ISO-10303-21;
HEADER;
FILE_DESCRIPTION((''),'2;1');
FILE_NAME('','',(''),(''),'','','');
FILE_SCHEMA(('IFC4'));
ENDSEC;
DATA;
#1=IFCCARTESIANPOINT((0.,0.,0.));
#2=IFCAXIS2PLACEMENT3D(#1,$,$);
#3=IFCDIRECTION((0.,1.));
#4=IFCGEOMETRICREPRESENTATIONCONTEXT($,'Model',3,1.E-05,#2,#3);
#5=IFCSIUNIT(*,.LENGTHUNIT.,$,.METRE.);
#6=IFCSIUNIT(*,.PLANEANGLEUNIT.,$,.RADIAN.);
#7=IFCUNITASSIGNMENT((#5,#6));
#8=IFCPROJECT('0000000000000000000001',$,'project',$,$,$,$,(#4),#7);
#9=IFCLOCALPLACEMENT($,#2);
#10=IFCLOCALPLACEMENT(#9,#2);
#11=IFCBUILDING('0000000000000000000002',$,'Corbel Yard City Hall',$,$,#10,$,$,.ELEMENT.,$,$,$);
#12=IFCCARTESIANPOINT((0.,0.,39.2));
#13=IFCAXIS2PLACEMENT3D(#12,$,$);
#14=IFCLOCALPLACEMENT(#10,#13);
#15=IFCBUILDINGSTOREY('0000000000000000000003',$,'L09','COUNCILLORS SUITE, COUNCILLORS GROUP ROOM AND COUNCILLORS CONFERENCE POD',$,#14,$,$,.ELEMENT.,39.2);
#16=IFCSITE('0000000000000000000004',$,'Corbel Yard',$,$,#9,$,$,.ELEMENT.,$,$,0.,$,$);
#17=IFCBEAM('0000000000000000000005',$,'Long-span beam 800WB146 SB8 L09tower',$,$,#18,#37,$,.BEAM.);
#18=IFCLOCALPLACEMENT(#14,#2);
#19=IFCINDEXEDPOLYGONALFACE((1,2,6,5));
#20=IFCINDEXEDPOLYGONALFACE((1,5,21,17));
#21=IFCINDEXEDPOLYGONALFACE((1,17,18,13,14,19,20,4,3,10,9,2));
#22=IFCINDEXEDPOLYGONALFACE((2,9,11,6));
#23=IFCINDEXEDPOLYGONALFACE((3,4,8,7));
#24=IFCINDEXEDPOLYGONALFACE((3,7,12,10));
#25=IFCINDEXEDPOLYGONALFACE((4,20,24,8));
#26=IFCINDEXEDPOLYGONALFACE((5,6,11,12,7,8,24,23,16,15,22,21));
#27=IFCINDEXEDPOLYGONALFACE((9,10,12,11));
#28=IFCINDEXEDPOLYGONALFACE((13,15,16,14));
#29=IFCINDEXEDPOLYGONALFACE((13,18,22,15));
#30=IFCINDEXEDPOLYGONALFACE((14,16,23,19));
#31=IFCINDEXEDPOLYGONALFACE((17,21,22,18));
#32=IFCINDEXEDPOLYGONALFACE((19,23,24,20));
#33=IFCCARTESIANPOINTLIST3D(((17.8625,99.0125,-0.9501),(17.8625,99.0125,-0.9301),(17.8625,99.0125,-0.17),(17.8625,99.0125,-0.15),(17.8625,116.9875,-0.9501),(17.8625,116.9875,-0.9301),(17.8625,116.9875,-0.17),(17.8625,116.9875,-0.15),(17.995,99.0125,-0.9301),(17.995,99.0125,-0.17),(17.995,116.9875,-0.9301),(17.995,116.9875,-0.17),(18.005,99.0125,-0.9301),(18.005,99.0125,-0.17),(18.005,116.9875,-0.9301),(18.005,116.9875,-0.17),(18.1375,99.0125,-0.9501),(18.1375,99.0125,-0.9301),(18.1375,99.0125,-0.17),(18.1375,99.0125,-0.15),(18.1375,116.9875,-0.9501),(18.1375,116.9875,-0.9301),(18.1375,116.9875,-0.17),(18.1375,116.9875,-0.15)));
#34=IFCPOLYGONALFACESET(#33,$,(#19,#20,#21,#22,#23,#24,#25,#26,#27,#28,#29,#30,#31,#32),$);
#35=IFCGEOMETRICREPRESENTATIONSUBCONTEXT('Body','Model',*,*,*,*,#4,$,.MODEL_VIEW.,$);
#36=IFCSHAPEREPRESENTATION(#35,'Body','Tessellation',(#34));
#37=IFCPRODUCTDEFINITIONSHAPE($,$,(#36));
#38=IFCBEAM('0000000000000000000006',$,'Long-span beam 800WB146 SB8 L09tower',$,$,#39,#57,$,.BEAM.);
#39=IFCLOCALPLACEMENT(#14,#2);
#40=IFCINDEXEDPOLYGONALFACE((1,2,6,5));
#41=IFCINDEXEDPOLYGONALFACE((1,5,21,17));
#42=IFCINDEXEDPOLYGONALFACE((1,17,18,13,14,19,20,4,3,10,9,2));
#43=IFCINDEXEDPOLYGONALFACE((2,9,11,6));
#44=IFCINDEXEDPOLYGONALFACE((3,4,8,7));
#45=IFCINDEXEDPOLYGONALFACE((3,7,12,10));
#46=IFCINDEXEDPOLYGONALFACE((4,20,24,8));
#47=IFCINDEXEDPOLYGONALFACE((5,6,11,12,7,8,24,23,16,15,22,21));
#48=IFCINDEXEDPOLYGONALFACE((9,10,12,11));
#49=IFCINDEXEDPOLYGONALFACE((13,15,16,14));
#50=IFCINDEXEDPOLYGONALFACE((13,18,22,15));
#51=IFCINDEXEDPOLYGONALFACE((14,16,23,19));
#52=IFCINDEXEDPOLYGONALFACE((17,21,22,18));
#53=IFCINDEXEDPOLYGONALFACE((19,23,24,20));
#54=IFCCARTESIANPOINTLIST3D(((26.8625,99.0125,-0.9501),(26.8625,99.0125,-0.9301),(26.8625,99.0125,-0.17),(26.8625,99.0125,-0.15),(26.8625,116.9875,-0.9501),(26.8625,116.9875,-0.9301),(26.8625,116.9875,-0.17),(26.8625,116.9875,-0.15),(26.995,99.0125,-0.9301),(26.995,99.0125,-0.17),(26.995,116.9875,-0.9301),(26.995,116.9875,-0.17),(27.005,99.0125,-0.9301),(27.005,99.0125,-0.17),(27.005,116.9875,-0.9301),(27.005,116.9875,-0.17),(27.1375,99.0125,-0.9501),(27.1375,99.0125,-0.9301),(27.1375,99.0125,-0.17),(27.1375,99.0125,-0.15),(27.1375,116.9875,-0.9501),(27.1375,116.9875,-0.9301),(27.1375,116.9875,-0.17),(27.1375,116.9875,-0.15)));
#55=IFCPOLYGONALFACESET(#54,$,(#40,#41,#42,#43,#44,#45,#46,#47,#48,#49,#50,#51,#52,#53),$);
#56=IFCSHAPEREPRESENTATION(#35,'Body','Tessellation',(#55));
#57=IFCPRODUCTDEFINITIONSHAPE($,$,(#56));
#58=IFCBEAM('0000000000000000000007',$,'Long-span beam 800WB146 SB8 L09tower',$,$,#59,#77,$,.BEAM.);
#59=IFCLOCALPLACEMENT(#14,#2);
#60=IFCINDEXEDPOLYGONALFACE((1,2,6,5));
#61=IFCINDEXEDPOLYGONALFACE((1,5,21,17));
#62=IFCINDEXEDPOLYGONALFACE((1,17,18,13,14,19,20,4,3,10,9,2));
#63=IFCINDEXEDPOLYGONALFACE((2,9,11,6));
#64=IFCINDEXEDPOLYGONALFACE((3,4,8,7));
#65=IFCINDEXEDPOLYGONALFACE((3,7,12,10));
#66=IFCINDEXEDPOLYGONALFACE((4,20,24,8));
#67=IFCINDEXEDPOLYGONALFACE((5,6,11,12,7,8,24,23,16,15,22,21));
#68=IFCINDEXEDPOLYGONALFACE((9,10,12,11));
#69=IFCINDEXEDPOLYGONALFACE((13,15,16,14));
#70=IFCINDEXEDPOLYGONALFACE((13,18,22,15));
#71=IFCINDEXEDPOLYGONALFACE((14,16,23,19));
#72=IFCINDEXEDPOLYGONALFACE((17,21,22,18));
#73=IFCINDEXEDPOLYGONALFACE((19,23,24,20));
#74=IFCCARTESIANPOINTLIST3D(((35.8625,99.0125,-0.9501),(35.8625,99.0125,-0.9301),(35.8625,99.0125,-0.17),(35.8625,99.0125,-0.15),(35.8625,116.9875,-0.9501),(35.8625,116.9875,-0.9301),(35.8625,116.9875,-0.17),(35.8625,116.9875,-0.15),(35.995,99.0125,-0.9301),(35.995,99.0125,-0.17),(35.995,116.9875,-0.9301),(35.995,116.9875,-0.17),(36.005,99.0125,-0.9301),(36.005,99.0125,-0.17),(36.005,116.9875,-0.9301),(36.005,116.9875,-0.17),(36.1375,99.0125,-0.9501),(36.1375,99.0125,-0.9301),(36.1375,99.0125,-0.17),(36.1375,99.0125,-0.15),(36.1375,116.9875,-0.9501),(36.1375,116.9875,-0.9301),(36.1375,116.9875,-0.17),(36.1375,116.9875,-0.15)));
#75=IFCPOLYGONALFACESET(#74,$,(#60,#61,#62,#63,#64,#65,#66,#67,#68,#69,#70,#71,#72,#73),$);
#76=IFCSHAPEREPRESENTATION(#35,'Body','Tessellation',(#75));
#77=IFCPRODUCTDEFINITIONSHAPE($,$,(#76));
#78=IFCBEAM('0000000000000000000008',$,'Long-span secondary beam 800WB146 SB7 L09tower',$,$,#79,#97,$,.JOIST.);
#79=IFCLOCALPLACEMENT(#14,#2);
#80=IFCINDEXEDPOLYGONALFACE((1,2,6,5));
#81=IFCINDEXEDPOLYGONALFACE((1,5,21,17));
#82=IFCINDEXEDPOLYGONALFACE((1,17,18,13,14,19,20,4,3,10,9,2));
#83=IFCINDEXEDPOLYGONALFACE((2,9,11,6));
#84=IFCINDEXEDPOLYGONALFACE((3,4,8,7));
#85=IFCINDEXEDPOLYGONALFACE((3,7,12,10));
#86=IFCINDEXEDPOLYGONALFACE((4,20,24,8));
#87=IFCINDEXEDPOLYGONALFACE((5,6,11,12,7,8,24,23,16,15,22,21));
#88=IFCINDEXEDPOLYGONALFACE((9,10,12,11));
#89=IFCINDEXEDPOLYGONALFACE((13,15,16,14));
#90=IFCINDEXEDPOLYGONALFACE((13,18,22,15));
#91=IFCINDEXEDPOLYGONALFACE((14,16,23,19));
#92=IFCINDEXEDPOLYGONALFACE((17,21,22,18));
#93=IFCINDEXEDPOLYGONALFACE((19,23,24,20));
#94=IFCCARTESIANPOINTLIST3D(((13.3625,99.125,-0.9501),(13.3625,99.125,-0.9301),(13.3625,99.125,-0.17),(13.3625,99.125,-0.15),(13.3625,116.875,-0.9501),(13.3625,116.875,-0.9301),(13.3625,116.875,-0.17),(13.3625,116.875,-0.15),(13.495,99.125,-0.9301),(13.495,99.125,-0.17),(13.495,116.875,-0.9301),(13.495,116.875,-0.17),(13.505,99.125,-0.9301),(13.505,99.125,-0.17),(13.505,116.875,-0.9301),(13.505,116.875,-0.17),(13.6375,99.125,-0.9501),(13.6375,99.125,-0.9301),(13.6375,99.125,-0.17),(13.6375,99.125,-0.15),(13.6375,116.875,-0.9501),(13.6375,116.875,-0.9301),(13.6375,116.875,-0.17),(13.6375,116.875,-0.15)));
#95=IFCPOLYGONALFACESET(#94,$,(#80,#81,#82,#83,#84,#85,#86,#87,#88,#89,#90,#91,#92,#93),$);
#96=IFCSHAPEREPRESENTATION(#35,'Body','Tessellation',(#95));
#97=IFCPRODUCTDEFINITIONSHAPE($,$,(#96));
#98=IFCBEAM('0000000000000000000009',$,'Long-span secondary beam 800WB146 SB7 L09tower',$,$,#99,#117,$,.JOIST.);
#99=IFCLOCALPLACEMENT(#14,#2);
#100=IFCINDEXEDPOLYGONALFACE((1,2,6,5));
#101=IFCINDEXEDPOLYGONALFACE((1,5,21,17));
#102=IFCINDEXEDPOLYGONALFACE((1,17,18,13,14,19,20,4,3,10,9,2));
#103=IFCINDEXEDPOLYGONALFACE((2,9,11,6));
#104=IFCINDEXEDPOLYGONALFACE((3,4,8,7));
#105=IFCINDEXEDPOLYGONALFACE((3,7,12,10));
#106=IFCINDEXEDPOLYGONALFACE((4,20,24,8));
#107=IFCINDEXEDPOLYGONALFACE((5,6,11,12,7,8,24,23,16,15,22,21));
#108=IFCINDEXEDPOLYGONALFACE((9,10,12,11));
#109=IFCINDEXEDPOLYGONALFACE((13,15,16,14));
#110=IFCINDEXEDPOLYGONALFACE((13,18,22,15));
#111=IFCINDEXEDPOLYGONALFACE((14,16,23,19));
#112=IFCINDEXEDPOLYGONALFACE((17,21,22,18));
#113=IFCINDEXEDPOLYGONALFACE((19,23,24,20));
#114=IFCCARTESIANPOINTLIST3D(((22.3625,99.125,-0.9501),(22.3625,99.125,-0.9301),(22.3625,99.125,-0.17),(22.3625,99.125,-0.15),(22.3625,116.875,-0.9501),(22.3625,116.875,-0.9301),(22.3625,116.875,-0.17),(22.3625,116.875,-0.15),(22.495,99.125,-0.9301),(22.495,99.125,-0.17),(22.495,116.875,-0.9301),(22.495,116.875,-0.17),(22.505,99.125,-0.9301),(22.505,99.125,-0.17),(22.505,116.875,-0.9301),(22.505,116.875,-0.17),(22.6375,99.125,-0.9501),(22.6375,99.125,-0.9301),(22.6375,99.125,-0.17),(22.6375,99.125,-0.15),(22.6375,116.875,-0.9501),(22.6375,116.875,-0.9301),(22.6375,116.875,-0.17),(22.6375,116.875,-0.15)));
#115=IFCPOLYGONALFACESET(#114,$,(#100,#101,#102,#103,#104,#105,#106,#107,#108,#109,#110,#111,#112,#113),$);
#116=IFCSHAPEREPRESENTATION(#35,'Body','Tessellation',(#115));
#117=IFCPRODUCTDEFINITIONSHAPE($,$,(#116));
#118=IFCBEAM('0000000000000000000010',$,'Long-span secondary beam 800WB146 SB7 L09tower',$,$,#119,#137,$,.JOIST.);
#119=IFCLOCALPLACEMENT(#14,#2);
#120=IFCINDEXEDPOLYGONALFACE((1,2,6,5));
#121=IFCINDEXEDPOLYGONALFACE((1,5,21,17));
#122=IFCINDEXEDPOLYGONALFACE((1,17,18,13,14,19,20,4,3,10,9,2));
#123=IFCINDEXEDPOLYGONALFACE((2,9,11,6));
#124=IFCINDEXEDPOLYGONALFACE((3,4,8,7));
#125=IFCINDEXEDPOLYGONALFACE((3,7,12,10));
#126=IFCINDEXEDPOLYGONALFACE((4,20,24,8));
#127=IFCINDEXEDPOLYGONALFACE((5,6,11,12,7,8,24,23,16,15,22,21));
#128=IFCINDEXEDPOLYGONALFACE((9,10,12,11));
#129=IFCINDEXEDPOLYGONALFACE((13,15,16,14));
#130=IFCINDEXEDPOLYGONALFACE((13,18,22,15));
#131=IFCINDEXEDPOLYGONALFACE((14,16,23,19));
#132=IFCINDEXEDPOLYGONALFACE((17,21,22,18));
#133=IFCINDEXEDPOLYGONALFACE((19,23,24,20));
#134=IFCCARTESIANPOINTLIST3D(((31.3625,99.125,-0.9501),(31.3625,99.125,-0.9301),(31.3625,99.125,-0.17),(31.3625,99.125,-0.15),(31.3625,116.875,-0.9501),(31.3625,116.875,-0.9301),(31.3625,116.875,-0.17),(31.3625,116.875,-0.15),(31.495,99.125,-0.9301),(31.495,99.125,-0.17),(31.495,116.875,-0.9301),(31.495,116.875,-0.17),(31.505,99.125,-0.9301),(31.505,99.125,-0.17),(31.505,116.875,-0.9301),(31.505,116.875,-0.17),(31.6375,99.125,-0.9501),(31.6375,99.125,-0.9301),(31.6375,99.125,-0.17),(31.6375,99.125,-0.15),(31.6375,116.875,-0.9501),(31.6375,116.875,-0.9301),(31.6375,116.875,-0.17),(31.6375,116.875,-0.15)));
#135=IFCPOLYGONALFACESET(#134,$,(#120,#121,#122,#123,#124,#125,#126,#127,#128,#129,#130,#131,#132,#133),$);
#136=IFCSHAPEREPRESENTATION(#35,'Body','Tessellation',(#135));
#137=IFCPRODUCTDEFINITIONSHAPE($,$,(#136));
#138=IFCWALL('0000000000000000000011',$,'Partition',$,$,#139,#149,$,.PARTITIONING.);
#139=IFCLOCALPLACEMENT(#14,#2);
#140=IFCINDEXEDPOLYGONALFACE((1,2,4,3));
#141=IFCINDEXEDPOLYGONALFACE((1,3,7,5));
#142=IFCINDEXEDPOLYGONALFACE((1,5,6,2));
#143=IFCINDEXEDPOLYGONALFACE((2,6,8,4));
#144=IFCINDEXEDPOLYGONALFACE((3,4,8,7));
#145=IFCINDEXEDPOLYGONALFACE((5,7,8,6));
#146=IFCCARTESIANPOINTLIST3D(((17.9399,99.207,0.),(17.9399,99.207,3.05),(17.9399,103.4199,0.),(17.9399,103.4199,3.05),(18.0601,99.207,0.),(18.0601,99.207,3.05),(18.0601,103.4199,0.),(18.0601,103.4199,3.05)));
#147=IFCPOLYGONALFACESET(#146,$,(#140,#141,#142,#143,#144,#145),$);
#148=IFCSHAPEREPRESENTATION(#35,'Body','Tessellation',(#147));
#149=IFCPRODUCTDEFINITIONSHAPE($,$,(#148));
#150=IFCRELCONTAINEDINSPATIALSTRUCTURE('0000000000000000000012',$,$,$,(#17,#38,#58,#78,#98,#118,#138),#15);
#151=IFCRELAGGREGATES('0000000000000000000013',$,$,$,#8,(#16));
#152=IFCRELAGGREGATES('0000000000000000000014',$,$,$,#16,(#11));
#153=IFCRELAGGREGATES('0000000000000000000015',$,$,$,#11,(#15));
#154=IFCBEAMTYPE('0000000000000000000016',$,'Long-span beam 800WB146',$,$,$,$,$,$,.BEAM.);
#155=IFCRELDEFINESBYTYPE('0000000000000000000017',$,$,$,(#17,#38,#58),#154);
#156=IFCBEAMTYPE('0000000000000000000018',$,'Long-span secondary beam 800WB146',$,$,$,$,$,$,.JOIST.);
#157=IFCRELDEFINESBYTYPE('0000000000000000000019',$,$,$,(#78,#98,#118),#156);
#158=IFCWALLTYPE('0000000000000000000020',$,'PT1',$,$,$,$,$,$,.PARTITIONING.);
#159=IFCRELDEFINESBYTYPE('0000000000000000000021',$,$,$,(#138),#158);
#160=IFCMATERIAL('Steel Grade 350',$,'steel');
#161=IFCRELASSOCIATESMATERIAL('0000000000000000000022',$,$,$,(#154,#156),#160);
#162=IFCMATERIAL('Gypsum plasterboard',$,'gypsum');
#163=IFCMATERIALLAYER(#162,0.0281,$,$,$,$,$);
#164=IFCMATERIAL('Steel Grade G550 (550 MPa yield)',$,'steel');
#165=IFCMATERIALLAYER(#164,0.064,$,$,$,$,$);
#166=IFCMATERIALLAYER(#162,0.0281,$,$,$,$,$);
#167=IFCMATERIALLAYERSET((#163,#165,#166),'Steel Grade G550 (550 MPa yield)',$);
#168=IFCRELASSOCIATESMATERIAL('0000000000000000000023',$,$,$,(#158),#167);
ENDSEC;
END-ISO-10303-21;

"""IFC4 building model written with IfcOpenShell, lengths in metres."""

from ifc_helpers import new_model, si_unit, direction, frame, frame_2d, origin, origin_2d, place, context, subcontext, project, spatial, rectangle, i_section, extrude, material, layer, layer_set, material_profile, profile_set, type_object, element, save


model = new_model("IFC4")

# Units and contexts
model_context = context("Model", 3, precision=1e-05, world=origin(), true_north=direction((0.0, 1.0)))
body_context = subcontext(model_context, "Body", "Model", "MODEL_VIEW")
ifc_project = project(units=[si_unit("LENGTHUNIT", "METRE"), si_unit("PLANEANGLEUNIT", "RADIAN")], contexts=[model_context])

# Site, building, storey
site_placement = place(None, origin())
site = spatial("IfcSite", under=ifc_project, at=site_placement, Name="Corbel Yard", CompositionType="ELEMENT", RefElevation=0.0)
building_placement = place(site_placement, origin())
building = spatial("IfcBuilding", under=site, at=building_placement, Name="Corbel Yard City Hall", CompositionType="ELEMENT")
storey_placement = place(building_placement, frame((0.0, 0.0, 39.2)))
storey = spatial("IfcBuildingStorey", under=building, at=storey_placement, Name="L09", Description="COUNCILLORS SUITE, COUNCILLORS GROUP ROOM AND COUNCILLORS CONFERENCE POD", CompositionType="ELEMENT", Elevation=39.2)

# Beams
ifc_material_1 = material(Name="Steel Grade 350", Category="steel")
ifc_material_profile_1 = material_profile(ifc_material_1, i_section(OverallWidth=0.2749, OverallDepth=0.8, WebThickness=0.01, FlangeThickness=0.02, at=origin_2d()), Name="800WB146")
ifc_profile_set_1 = profile_set([ifc_material_profile_1], Name="Steel Grade 350")
beam_type_1 = type_object("IfcBeamType", Name="Long-span beam 800WB146", PredefinedType="BEAM", material=ifc_profile_set_1)
for number, where, z_axis, x_axis, name in (
    (1, (18.0, 99.0125, -0.55), (0.0, 1.0, 0.0), (-1.0, 0.0, 0.0), "Long-span beam 800WB146 SB8 L09tower"),
    (2, (27.0, 99.0125, -0.55), (0.0, 1.0, 0.0), (-1.0, 0.0, 0.0), "Long-span beam 800WB146 SB8 L09tower"),
    (3, (36.0, 99.0125, -0.55), (0.0, 1.0, 0.0), (-1.0, 0.0, 0.0), "Long-span beam 800WB146 SB8 L09tower"),
):
    element("IfcBeam", number, at=place(storey_placement, frame(where, z_axis=z_axis, x_axis=x_axis)), inside=storey, type_object=beam_type_1, Name=name, PredefinedType="BEAM", context=body_context, shape_type="SweptSolid", body=[
        extrude(i_section(OverallWidth=0.2749, OverallDepth=0.8, WebThickness=0.01, FlangeThickness=0.02, at=origin_2d()), origin(), (0.0, 0.0, 1.0), 17.9751),
    ])
ifc_material_profile_2 = material_profile(ifc_material_1, i_section(OverallWidth=0.2749, OverallDepth=0.8, WebThickness=0.01, FlangeThickness=0.02, at=origin_2d()), Name="800WB146")
ifc_profile_set_2 = profile_set([ifc_material_profile_2], Name="Steel Grade 350")
beam_type_2 = type_object("IfcBeamType", Name="Long-span secondary beam 800WB146", PredefinedType="JOIST", material=ifc_profile_set_2)
for number, where, z_axis, x_axis, name in (
    (4, (13.5, 99.125, -0.55), (0.0, 1.0, 0.0), (-1.0, 0.0, 0.0), "Long-span secondary beam 800WB146 SB7 L09tower"),
    (5, (22.5, 99.125, -0.55), (0.0, 1.0, 0.0), (-1.0, 0.0, 0.0), "Long-span secondary beam 800WB146 SB7 L09tower"),
    (6, (31.5, 99.125, -0.55), (0.0, 1.0, 0.0), (-1.0, 0.0, 0.0), "Long-span secondary beam 800WB146 SB7 L09tower"),
):
    element("IfcBeam", number, at=place(storey_placement, frame(where, z_axis=z_axis, x_axis=x_axis)), inside=storey, type_object=beam_type_2, Name=name, PredefinedType="JOIST", context=body_context, shape_type="SweptSolid", body=[
        extrude(i_section(OverallWidth=0.2749, OverallDepth=0.8, WebThickness=0.01, FlangeThickness=0.02, at=origin_2d()), origin(), (0.0, 0.0, 1.0), 17.75),
    ])

# Wall
ifc_material_2 = material(Name="Gypsum plasterboard", Category="gypsum")
ifc_layer_1 = layer(ifc_material_2, 0.0281)
ifc_material_3 = material(Name="Steel Grade G550 (550 MPa yield)", Category="steel")
ifc_layer_2 = layer(ifc_material_3, 0.064)
ifc_layer_3 = layer(ifc_material_2, 0.0281)
ifc_layer_set_1 = layer_set([ifc_layer_1, ifc_layer_2, ifc_layer_3], Name="Steel Grade G550 (550 MPa yield)")
wall_type_1 = type_object("IfcWallType", Name="PT1", PredefinedType="PARTITIONING", material=ifc_layer_set_1)
wall_1_placement = place(storey_placement, frame((18.0, 99.207, 0.0), z_axis=(0.0, 0.0, 1.0), x_axis=(0.0, 1.0, 0.0)))
element("IfcWall", 7, at=wall_1_placement, inside=storey, type_object=wall_type_1, Name="Partition", PredefinedType="PARTITIONING", context=body_context, shape_type="SweptSolid", body=[
    extrude(rectangle(XDim=4.2129, YDim=0.1201, at=frame_2d((2.1064, 0.0))), origin(), (0.0, 0.0, 1.0), 3.05),
])

save(model, "model.ifc")
